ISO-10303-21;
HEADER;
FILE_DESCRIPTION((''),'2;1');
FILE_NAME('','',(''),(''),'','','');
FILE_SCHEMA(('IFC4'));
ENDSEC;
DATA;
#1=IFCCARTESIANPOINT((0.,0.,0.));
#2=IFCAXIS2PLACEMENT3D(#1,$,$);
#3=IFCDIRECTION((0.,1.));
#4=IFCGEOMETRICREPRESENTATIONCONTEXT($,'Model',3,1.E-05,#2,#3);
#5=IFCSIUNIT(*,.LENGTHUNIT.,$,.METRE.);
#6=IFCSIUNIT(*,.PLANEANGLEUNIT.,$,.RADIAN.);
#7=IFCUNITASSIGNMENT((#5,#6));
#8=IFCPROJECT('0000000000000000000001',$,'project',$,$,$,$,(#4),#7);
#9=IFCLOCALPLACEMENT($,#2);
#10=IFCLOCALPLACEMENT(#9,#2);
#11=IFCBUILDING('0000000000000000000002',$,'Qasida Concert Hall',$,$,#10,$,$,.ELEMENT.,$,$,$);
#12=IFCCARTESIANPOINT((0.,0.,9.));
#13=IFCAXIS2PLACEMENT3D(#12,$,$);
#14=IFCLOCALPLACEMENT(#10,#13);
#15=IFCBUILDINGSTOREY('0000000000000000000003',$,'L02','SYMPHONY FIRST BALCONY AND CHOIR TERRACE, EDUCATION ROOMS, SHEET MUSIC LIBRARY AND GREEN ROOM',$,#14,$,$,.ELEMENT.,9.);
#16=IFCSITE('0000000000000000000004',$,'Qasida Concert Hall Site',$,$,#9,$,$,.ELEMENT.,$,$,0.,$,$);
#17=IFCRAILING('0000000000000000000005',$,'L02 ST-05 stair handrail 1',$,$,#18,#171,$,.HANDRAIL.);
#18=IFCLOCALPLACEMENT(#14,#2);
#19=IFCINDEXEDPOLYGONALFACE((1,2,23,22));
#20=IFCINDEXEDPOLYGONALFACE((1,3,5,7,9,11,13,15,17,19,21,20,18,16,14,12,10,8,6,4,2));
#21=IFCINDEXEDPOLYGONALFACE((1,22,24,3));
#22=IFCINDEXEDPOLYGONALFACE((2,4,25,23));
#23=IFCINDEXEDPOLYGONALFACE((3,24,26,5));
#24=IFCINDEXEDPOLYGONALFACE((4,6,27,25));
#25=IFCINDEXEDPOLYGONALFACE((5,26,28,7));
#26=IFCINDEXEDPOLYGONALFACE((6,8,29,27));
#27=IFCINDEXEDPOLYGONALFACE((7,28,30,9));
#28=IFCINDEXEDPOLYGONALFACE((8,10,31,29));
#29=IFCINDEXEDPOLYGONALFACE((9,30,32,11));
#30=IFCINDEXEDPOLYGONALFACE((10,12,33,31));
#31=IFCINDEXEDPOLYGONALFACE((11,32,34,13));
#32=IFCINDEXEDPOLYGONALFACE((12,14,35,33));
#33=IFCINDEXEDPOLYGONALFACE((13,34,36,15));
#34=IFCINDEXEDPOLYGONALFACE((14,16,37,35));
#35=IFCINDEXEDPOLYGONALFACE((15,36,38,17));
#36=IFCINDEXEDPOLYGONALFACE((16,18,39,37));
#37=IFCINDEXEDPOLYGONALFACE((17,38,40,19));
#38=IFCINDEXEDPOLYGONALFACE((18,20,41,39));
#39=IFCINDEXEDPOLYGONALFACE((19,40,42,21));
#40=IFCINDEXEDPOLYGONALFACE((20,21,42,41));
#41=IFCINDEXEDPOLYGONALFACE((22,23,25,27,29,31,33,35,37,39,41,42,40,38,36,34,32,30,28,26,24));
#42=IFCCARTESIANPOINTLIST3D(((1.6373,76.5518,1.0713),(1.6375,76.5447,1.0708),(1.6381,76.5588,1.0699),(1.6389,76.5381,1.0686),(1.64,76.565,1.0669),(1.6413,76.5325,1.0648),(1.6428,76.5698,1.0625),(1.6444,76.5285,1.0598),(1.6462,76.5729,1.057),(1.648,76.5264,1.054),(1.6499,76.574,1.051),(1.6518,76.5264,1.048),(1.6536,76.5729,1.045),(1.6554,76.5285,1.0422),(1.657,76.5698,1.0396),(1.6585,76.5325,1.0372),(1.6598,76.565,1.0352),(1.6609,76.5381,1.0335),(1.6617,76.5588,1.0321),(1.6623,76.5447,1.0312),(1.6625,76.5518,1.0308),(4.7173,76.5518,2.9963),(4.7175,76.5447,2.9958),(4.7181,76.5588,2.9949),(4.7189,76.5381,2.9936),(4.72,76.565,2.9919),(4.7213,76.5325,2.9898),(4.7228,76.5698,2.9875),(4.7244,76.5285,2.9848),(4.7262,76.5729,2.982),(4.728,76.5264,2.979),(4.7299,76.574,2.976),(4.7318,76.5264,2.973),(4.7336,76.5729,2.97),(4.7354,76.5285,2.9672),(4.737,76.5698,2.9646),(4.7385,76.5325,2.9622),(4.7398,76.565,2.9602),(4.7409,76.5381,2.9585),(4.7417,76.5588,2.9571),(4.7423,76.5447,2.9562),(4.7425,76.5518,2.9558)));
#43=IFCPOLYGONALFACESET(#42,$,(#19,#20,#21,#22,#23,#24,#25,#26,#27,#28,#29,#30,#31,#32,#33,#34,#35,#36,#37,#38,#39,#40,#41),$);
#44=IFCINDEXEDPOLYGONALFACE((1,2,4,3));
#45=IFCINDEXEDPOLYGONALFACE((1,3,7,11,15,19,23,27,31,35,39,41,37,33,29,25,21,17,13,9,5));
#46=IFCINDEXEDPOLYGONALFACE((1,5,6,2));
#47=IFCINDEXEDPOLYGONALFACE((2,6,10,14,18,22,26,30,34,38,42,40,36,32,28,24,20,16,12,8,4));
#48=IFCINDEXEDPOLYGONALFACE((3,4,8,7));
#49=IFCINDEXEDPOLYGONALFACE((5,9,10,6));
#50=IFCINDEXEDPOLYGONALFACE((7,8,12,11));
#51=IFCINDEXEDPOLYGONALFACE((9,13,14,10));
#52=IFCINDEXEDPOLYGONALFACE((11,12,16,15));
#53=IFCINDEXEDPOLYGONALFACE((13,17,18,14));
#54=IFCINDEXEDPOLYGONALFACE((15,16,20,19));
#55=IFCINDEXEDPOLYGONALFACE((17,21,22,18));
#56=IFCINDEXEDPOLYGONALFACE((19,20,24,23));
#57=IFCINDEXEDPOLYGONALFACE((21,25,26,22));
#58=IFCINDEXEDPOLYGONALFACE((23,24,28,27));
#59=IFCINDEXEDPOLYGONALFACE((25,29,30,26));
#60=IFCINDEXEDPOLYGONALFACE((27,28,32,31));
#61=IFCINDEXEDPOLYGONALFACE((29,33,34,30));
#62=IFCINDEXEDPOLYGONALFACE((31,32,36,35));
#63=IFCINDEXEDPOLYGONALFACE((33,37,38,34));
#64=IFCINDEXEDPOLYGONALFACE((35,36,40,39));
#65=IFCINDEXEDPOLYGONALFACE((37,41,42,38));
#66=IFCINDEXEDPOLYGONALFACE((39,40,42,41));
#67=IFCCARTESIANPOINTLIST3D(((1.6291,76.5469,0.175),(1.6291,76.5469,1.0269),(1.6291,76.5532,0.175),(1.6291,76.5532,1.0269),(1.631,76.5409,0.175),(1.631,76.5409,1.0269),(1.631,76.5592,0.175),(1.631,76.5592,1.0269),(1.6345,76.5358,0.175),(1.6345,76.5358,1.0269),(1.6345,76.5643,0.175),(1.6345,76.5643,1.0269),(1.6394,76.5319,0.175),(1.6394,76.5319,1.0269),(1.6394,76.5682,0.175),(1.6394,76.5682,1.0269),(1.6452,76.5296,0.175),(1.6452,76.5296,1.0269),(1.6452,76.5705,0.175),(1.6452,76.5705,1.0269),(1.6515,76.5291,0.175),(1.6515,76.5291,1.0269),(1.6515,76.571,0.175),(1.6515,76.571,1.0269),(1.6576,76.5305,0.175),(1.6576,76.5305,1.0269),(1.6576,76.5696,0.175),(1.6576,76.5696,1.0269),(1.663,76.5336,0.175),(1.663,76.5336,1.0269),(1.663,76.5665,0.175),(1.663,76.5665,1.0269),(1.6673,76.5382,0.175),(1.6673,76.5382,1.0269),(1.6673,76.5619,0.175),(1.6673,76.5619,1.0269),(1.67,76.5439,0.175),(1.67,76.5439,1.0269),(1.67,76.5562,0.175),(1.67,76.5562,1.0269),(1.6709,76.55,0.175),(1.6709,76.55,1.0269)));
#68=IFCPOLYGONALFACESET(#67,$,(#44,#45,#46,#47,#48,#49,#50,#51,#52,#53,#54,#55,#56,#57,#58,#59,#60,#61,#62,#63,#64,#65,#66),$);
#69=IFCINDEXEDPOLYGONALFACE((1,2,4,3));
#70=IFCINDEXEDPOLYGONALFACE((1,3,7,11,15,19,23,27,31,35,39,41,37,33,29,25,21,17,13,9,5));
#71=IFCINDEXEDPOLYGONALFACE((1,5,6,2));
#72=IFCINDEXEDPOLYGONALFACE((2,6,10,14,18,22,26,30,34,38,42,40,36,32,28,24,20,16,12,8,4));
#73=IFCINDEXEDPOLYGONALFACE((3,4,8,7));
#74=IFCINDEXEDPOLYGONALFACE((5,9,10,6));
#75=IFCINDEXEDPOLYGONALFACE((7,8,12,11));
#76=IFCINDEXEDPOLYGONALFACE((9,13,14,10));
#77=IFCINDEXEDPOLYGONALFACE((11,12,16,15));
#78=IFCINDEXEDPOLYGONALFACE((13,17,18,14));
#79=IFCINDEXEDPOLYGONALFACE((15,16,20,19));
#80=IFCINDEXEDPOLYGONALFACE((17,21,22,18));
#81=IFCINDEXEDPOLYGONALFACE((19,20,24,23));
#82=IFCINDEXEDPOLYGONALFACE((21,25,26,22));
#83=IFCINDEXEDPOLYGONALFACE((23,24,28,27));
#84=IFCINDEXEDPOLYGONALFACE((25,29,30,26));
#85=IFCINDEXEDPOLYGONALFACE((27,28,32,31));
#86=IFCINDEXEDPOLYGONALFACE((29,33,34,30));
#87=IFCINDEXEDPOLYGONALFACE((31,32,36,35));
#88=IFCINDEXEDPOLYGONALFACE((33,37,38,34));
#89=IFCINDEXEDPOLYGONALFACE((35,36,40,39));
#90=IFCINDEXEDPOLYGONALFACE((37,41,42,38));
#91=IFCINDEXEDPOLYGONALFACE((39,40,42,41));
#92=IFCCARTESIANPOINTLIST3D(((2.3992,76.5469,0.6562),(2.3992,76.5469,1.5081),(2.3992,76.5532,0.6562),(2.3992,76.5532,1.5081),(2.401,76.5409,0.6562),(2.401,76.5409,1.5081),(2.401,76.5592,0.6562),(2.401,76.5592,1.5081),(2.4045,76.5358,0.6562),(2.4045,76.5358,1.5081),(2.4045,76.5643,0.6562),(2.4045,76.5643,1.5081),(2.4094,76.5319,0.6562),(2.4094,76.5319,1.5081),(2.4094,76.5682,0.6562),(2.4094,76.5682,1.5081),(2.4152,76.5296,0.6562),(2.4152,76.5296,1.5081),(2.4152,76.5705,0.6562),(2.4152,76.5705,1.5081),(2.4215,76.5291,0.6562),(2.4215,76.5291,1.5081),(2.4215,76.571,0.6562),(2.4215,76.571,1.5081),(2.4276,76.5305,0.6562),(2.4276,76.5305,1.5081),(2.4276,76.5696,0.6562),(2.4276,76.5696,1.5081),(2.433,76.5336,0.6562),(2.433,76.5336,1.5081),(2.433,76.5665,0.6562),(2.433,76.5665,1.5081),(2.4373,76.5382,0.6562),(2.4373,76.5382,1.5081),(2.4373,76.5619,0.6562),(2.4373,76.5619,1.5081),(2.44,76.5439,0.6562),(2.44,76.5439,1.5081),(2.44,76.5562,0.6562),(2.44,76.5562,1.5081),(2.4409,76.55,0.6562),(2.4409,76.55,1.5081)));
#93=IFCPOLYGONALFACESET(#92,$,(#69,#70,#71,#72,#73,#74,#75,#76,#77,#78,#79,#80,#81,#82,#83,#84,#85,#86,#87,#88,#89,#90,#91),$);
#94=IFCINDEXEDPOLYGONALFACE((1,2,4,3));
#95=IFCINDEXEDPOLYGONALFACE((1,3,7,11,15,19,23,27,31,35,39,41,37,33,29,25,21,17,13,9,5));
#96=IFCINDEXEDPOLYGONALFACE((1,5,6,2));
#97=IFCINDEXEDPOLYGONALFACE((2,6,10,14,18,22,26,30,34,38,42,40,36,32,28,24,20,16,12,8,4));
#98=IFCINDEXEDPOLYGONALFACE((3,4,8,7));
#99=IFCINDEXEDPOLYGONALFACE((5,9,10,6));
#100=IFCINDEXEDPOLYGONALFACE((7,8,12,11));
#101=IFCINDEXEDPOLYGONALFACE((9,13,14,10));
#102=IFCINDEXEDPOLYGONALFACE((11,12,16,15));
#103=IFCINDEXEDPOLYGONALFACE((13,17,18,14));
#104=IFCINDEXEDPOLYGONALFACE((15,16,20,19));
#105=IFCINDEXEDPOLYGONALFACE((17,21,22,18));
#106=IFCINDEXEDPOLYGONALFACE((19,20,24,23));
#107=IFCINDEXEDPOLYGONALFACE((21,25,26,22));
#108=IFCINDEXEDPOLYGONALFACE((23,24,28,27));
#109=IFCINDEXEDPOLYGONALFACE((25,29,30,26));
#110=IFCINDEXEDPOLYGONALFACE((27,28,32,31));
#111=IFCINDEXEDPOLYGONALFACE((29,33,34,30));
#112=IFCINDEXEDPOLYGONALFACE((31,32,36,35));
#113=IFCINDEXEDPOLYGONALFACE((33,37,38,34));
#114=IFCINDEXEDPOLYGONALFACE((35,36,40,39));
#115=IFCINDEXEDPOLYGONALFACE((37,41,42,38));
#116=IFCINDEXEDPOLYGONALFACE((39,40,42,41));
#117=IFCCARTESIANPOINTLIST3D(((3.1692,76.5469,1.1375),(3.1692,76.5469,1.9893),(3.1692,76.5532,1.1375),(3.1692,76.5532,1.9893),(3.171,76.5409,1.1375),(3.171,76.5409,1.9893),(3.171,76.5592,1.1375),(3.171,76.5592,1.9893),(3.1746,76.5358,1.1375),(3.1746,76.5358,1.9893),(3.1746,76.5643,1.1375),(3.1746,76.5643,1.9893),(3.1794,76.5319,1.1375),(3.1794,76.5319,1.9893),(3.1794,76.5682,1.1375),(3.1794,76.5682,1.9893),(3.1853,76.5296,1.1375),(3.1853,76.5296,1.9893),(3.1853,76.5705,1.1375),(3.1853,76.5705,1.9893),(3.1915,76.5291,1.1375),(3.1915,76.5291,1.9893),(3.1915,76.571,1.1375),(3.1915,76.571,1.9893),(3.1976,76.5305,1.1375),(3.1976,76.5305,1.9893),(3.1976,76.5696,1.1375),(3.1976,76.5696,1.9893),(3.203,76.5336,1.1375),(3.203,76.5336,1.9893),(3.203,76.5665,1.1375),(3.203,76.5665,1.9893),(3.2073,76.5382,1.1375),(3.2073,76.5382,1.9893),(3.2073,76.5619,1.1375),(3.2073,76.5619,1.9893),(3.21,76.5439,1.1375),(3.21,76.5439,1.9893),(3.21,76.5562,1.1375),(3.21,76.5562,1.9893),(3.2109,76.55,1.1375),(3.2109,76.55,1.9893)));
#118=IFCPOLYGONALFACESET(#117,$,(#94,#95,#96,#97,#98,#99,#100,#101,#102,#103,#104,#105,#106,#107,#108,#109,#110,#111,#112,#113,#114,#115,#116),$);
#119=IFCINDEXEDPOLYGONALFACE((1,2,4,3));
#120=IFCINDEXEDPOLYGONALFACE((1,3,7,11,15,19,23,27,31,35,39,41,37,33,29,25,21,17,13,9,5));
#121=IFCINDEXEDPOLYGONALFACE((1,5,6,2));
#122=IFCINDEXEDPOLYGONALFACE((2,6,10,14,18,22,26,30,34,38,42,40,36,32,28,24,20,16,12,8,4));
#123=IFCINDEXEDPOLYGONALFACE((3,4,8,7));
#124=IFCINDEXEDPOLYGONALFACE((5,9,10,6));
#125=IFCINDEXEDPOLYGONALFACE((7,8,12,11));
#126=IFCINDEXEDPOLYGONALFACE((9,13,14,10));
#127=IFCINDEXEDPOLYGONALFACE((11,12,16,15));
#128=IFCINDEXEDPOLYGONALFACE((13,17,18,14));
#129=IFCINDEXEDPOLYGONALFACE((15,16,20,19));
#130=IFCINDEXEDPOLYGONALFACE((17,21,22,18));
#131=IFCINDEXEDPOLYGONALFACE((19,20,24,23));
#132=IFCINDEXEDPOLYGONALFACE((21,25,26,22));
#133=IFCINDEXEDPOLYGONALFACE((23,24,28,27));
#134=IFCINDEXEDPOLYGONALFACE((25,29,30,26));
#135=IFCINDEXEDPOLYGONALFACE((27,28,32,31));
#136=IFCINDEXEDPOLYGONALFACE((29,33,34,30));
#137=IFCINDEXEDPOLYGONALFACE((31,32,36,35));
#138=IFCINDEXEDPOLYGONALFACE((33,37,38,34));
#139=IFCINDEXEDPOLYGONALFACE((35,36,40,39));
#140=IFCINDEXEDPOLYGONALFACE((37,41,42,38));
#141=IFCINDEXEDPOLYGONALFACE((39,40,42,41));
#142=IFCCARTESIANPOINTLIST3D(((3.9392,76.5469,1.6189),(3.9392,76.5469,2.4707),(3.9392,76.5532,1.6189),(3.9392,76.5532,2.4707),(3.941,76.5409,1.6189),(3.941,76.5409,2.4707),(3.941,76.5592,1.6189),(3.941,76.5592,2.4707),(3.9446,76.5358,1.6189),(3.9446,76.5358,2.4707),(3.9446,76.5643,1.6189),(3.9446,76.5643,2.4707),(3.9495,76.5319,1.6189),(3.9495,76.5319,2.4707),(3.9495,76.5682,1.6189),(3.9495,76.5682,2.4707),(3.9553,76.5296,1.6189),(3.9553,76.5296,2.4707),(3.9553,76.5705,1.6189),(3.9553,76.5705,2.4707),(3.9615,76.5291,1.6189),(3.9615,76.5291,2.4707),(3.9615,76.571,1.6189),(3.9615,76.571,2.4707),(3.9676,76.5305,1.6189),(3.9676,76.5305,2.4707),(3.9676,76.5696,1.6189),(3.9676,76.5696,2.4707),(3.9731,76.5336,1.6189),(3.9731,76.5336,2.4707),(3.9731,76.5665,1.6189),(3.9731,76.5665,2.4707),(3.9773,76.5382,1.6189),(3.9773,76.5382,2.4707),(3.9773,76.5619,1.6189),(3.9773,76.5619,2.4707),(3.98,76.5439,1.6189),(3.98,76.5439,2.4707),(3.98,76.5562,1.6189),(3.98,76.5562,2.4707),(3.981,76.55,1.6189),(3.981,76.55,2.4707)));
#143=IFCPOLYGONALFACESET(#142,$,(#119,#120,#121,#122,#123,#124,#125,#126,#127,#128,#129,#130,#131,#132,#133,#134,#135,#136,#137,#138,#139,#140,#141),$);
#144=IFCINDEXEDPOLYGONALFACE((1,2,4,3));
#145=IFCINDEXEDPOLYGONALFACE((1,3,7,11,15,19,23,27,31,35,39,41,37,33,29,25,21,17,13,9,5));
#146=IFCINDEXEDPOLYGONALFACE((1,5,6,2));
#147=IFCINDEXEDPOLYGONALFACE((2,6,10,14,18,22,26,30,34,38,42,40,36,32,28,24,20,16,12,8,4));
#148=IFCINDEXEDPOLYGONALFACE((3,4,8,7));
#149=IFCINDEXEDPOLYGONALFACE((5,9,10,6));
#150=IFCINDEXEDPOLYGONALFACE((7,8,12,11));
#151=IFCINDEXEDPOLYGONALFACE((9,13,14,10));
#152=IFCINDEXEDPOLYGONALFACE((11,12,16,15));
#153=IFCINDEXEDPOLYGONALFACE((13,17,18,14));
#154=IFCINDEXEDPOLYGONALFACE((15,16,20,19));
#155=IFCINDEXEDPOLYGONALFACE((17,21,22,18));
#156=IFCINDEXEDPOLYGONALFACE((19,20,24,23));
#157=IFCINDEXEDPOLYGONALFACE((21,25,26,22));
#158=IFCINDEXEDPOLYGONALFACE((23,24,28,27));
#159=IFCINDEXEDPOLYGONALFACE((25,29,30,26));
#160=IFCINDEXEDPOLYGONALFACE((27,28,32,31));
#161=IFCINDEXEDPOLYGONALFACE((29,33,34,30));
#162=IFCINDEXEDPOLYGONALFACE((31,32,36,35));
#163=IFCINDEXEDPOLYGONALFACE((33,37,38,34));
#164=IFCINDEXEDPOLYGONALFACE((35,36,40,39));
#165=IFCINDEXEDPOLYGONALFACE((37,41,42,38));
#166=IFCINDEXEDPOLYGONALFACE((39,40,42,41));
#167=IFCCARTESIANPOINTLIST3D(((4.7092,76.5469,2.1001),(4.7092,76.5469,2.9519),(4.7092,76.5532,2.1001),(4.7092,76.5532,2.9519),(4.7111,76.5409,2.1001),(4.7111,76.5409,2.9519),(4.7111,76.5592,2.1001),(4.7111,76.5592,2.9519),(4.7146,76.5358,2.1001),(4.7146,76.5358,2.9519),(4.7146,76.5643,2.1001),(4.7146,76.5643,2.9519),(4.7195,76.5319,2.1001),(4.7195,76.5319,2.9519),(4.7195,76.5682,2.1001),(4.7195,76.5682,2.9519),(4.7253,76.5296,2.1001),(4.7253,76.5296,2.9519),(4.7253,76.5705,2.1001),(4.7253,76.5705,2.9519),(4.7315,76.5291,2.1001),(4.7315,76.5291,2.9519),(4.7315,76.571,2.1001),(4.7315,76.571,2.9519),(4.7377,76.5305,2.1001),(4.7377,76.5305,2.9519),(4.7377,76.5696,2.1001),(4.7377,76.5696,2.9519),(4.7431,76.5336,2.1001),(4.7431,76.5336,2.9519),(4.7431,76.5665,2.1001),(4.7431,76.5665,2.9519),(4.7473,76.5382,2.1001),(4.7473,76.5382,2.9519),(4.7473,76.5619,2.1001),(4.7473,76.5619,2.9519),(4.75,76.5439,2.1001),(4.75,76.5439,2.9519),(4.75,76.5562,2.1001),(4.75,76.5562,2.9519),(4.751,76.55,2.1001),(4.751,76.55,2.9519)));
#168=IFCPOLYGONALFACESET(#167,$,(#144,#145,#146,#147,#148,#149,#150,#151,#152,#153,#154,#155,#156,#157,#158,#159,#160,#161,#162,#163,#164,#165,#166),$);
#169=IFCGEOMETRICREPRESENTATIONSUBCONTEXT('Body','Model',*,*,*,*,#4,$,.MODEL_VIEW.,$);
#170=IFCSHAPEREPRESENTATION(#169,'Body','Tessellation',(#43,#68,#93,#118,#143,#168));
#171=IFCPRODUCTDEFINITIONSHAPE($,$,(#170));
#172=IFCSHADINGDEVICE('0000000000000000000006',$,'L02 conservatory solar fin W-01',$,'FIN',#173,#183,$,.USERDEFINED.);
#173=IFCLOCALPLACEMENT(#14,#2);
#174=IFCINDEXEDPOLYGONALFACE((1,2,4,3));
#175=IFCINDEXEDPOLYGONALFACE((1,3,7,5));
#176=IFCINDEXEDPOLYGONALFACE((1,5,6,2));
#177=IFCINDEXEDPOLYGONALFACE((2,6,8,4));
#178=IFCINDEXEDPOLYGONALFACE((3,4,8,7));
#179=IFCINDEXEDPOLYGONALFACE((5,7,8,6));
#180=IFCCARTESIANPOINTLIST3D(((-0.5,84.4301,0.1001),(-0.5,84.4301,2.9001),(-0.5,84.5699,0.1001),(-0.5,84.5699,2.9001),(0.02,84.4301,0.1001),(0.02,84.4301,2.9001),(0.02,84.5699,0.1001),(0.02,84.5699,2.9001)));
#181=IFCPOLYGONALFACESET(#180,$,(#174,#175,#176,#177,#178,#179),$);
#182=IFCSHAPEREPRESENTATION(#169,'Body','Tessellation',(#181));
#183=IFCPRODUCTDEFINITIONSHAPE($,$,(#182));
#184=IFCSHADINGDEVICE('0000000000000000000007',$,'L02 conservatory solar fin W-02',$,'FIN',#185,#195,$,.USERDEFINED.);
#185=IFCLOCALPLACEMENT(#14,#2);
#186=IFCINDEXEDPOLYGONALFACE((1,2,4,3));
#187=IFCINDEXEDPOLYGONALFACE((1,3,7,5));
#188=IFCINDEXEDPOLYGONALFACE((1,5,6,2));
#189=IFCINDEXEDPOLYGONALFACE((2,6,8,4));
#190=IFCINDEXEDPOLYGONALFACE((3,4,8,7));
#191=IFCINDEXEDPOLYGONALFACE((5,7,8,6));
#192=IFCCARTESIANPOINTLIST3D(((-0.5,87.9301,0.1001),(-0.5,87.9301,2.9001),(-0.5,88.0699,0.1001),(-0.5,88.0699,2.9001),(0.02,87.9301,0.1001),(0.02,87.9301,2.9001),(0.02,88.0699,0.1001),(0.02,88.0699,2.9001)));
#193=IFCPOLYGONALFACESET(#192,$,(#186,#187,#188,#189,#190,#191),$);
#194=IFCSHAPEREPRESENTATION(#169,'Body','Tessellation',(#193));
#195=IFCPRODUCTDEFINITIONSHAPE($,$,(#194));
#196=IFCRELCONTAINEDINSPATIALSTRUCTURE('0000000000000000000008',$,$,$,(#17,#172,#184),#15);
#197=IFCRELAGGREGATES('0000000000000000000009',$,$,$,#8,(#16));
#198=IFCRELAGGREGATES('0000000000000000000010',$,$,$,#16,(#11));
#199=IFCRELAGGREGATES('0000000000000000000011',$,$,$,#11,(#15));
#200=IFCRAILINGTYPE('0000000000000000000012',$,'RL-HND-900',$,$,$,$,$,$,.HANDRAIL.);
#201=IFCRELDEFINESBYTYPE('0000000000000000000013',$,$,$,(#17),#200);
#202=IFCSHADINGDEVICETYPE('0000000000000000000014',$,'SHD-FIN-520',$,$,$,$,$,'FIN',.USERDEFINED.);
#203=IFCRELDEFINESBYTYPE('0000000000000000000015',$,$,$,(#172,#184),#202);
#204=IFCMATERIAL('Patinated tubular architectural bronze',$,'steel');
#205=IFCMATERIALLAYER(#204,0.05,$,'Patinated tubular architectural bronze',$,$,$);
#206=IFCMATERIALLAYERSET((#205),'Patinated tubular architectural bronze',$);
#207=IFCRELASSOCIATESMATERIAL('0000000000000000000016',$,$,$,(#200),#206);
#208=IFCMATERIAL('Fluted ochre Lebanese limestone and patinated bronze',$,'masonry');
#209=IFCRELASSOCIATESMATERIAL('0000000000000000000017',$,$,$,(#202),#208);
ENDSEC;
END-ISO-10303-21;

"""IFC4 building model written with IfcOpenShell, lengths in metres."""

from ifc_helpers import new_model, si_unit, direction, frame, origin, origin_2d, place, context, subcontext, project, spatial, rectangle, circle, extrude, material, layer, layer_set, type_object, element, save


model = new_model("IFC4")

# Units and contexts
model_context = context("Model", 3, precision=1e-05, world=origin(), true_north=direction((0.0, 1.0)))
body_context = subcontext(model_context, "Body", "Model", "MODEL_VIEW")
ifc_project = project(units=[si_unit("LENGTHUNIT", "METRE"), si_unit("PLANEANGLEUNIT", "RADIAN")], contexts=[model_context])

# Site, building, storey
site_placement = place(None, origin())
site = spatial("IfcSite", under=ifc_project, at=site_placement, Name="Qasida Concert Hall Site", CompositionType="ELEMENT", RefElevation=0.0)
building_placement = place(site_placement, origin())
building = spatial("IfcBuilding", under=site, at=building_placement, Name="Qasida Concert Hall", CompositionType="ELEMENT")
storey_placement = place(building_placement, frame((0.0, 0.0, 9.0)))
storey = spatial("IfcBuildingStorey", under=building, at=storey_placement, Name="L02", Description="SYMPHONY FIRST BALCONY AND CHOIR TERRACE, EDUCATION ROOMS, SHEET MUSIC LIBRARY AND GREEN ROOM", CompositionType="ELEMENT", Elevation=9.0)

# Railing
ifc_material_1 = material(Name="Patinated tubular architectural bronze", Category="steel")
ifc_layer_1 = layer(ifc_material_1, 0.05, Name="Patinated tubular architectural bronze")
ifc_layer_set_1 = layer_set([ifc_layer_1], Name="Patinated tubular architectural bronze")
railing_type_1 = type_object("IfcRailingType", Name="RL-HND-900", PredefinedType="HANDRAIL", material=ifc_layer_set_1)
railing_1_placement = place(storey_placement, frame((1.6499, 76.55, 0.175)))
element("IfcRailing", 1, at=railing_1_placement, inside=storey, type_object=railing_type_1, Name="L02 ST-05 stair handrail 1", PredefinedType="HANDRAIL", context=body_context, shape_type="SweptSolid", body=[
    extrude(circle(Radius=0.0239, at=origin_2d()), frame((0.0, 0.0, 0.876), z_axis=(0.847998, 0.0, 0.529999), x_axis=(0.0, 1.0, 0.0)), (0.0, 0.0, 1.0), 3.6321),
    extrude(circle(Radius=0.021, at=origin_2d()), origin(), (0.0, 0.0, 1.0), 0.8518),
    extrude(circle(Radius=0.021, at=origin_2d()), frame((0.77, 0.0, 0.4812)), (0.0, 0.0, 1.0), 0.8518),
    extrude(circle(Radius=0.021, at=origin_2d()), frame((1.54, 0.0, 0.9624)), (0.0, 0.0, 1.0), 0.8518),
    extrude(circle(Radius=0.021, at=origin_2d()), frame((2.3101, 0.0, 1.4438)), (0.0, 0.0, 1.0), 0.8518),
    extrude(circle(Radius=0.021, at=origin_2d()), frame((3.0801, 0.0, 1.925)), (0.0, 0.0, 1.0), 0.8518),
])

# Shading devices
ifc_material_2 = material(Name="Fluted ochre Lebanese limestone and patinated bronze", Category="masonry")
shading_device_type = type_object("IfcShadingDeviceType", Name="SHD-FIN-520", ElementType="FIN", PredefinedType="USERDEFINED", material=ifc_material_2)
for number, where, z_axis, x_axis, name in (
    (2, (-0.24, 84.5, 0.1001), (0.0, 0.0, 1.0), (1.0, 0.0, 0.0), "L02 conservatory solar fin W-01"),
    (3, (-0.24, 88.0, 0.1001), (0.0, 0.0, 1.0), (1.0, 0.0, 0.0), "L02 conservatory solar fin W-02"),
):
    element("IfcShadingDevice", number, at=place(storey_placement, frame(where, z_axis=z_axis, x_axis=x_axis)), inside=storey, type_object=shading_device_type, Name=name, ObjectType="FIN", PredefinedType="USERDEFINED", context=body_context, shape_type="SweptSolid", body=[
        extrude(rectangle(XDim=0.52, YDim=0.1399, at=origin_2d()), origin(), (0.0, 0.0, 1.0), 2.8),
    ])

save(model, "model.ifc")
